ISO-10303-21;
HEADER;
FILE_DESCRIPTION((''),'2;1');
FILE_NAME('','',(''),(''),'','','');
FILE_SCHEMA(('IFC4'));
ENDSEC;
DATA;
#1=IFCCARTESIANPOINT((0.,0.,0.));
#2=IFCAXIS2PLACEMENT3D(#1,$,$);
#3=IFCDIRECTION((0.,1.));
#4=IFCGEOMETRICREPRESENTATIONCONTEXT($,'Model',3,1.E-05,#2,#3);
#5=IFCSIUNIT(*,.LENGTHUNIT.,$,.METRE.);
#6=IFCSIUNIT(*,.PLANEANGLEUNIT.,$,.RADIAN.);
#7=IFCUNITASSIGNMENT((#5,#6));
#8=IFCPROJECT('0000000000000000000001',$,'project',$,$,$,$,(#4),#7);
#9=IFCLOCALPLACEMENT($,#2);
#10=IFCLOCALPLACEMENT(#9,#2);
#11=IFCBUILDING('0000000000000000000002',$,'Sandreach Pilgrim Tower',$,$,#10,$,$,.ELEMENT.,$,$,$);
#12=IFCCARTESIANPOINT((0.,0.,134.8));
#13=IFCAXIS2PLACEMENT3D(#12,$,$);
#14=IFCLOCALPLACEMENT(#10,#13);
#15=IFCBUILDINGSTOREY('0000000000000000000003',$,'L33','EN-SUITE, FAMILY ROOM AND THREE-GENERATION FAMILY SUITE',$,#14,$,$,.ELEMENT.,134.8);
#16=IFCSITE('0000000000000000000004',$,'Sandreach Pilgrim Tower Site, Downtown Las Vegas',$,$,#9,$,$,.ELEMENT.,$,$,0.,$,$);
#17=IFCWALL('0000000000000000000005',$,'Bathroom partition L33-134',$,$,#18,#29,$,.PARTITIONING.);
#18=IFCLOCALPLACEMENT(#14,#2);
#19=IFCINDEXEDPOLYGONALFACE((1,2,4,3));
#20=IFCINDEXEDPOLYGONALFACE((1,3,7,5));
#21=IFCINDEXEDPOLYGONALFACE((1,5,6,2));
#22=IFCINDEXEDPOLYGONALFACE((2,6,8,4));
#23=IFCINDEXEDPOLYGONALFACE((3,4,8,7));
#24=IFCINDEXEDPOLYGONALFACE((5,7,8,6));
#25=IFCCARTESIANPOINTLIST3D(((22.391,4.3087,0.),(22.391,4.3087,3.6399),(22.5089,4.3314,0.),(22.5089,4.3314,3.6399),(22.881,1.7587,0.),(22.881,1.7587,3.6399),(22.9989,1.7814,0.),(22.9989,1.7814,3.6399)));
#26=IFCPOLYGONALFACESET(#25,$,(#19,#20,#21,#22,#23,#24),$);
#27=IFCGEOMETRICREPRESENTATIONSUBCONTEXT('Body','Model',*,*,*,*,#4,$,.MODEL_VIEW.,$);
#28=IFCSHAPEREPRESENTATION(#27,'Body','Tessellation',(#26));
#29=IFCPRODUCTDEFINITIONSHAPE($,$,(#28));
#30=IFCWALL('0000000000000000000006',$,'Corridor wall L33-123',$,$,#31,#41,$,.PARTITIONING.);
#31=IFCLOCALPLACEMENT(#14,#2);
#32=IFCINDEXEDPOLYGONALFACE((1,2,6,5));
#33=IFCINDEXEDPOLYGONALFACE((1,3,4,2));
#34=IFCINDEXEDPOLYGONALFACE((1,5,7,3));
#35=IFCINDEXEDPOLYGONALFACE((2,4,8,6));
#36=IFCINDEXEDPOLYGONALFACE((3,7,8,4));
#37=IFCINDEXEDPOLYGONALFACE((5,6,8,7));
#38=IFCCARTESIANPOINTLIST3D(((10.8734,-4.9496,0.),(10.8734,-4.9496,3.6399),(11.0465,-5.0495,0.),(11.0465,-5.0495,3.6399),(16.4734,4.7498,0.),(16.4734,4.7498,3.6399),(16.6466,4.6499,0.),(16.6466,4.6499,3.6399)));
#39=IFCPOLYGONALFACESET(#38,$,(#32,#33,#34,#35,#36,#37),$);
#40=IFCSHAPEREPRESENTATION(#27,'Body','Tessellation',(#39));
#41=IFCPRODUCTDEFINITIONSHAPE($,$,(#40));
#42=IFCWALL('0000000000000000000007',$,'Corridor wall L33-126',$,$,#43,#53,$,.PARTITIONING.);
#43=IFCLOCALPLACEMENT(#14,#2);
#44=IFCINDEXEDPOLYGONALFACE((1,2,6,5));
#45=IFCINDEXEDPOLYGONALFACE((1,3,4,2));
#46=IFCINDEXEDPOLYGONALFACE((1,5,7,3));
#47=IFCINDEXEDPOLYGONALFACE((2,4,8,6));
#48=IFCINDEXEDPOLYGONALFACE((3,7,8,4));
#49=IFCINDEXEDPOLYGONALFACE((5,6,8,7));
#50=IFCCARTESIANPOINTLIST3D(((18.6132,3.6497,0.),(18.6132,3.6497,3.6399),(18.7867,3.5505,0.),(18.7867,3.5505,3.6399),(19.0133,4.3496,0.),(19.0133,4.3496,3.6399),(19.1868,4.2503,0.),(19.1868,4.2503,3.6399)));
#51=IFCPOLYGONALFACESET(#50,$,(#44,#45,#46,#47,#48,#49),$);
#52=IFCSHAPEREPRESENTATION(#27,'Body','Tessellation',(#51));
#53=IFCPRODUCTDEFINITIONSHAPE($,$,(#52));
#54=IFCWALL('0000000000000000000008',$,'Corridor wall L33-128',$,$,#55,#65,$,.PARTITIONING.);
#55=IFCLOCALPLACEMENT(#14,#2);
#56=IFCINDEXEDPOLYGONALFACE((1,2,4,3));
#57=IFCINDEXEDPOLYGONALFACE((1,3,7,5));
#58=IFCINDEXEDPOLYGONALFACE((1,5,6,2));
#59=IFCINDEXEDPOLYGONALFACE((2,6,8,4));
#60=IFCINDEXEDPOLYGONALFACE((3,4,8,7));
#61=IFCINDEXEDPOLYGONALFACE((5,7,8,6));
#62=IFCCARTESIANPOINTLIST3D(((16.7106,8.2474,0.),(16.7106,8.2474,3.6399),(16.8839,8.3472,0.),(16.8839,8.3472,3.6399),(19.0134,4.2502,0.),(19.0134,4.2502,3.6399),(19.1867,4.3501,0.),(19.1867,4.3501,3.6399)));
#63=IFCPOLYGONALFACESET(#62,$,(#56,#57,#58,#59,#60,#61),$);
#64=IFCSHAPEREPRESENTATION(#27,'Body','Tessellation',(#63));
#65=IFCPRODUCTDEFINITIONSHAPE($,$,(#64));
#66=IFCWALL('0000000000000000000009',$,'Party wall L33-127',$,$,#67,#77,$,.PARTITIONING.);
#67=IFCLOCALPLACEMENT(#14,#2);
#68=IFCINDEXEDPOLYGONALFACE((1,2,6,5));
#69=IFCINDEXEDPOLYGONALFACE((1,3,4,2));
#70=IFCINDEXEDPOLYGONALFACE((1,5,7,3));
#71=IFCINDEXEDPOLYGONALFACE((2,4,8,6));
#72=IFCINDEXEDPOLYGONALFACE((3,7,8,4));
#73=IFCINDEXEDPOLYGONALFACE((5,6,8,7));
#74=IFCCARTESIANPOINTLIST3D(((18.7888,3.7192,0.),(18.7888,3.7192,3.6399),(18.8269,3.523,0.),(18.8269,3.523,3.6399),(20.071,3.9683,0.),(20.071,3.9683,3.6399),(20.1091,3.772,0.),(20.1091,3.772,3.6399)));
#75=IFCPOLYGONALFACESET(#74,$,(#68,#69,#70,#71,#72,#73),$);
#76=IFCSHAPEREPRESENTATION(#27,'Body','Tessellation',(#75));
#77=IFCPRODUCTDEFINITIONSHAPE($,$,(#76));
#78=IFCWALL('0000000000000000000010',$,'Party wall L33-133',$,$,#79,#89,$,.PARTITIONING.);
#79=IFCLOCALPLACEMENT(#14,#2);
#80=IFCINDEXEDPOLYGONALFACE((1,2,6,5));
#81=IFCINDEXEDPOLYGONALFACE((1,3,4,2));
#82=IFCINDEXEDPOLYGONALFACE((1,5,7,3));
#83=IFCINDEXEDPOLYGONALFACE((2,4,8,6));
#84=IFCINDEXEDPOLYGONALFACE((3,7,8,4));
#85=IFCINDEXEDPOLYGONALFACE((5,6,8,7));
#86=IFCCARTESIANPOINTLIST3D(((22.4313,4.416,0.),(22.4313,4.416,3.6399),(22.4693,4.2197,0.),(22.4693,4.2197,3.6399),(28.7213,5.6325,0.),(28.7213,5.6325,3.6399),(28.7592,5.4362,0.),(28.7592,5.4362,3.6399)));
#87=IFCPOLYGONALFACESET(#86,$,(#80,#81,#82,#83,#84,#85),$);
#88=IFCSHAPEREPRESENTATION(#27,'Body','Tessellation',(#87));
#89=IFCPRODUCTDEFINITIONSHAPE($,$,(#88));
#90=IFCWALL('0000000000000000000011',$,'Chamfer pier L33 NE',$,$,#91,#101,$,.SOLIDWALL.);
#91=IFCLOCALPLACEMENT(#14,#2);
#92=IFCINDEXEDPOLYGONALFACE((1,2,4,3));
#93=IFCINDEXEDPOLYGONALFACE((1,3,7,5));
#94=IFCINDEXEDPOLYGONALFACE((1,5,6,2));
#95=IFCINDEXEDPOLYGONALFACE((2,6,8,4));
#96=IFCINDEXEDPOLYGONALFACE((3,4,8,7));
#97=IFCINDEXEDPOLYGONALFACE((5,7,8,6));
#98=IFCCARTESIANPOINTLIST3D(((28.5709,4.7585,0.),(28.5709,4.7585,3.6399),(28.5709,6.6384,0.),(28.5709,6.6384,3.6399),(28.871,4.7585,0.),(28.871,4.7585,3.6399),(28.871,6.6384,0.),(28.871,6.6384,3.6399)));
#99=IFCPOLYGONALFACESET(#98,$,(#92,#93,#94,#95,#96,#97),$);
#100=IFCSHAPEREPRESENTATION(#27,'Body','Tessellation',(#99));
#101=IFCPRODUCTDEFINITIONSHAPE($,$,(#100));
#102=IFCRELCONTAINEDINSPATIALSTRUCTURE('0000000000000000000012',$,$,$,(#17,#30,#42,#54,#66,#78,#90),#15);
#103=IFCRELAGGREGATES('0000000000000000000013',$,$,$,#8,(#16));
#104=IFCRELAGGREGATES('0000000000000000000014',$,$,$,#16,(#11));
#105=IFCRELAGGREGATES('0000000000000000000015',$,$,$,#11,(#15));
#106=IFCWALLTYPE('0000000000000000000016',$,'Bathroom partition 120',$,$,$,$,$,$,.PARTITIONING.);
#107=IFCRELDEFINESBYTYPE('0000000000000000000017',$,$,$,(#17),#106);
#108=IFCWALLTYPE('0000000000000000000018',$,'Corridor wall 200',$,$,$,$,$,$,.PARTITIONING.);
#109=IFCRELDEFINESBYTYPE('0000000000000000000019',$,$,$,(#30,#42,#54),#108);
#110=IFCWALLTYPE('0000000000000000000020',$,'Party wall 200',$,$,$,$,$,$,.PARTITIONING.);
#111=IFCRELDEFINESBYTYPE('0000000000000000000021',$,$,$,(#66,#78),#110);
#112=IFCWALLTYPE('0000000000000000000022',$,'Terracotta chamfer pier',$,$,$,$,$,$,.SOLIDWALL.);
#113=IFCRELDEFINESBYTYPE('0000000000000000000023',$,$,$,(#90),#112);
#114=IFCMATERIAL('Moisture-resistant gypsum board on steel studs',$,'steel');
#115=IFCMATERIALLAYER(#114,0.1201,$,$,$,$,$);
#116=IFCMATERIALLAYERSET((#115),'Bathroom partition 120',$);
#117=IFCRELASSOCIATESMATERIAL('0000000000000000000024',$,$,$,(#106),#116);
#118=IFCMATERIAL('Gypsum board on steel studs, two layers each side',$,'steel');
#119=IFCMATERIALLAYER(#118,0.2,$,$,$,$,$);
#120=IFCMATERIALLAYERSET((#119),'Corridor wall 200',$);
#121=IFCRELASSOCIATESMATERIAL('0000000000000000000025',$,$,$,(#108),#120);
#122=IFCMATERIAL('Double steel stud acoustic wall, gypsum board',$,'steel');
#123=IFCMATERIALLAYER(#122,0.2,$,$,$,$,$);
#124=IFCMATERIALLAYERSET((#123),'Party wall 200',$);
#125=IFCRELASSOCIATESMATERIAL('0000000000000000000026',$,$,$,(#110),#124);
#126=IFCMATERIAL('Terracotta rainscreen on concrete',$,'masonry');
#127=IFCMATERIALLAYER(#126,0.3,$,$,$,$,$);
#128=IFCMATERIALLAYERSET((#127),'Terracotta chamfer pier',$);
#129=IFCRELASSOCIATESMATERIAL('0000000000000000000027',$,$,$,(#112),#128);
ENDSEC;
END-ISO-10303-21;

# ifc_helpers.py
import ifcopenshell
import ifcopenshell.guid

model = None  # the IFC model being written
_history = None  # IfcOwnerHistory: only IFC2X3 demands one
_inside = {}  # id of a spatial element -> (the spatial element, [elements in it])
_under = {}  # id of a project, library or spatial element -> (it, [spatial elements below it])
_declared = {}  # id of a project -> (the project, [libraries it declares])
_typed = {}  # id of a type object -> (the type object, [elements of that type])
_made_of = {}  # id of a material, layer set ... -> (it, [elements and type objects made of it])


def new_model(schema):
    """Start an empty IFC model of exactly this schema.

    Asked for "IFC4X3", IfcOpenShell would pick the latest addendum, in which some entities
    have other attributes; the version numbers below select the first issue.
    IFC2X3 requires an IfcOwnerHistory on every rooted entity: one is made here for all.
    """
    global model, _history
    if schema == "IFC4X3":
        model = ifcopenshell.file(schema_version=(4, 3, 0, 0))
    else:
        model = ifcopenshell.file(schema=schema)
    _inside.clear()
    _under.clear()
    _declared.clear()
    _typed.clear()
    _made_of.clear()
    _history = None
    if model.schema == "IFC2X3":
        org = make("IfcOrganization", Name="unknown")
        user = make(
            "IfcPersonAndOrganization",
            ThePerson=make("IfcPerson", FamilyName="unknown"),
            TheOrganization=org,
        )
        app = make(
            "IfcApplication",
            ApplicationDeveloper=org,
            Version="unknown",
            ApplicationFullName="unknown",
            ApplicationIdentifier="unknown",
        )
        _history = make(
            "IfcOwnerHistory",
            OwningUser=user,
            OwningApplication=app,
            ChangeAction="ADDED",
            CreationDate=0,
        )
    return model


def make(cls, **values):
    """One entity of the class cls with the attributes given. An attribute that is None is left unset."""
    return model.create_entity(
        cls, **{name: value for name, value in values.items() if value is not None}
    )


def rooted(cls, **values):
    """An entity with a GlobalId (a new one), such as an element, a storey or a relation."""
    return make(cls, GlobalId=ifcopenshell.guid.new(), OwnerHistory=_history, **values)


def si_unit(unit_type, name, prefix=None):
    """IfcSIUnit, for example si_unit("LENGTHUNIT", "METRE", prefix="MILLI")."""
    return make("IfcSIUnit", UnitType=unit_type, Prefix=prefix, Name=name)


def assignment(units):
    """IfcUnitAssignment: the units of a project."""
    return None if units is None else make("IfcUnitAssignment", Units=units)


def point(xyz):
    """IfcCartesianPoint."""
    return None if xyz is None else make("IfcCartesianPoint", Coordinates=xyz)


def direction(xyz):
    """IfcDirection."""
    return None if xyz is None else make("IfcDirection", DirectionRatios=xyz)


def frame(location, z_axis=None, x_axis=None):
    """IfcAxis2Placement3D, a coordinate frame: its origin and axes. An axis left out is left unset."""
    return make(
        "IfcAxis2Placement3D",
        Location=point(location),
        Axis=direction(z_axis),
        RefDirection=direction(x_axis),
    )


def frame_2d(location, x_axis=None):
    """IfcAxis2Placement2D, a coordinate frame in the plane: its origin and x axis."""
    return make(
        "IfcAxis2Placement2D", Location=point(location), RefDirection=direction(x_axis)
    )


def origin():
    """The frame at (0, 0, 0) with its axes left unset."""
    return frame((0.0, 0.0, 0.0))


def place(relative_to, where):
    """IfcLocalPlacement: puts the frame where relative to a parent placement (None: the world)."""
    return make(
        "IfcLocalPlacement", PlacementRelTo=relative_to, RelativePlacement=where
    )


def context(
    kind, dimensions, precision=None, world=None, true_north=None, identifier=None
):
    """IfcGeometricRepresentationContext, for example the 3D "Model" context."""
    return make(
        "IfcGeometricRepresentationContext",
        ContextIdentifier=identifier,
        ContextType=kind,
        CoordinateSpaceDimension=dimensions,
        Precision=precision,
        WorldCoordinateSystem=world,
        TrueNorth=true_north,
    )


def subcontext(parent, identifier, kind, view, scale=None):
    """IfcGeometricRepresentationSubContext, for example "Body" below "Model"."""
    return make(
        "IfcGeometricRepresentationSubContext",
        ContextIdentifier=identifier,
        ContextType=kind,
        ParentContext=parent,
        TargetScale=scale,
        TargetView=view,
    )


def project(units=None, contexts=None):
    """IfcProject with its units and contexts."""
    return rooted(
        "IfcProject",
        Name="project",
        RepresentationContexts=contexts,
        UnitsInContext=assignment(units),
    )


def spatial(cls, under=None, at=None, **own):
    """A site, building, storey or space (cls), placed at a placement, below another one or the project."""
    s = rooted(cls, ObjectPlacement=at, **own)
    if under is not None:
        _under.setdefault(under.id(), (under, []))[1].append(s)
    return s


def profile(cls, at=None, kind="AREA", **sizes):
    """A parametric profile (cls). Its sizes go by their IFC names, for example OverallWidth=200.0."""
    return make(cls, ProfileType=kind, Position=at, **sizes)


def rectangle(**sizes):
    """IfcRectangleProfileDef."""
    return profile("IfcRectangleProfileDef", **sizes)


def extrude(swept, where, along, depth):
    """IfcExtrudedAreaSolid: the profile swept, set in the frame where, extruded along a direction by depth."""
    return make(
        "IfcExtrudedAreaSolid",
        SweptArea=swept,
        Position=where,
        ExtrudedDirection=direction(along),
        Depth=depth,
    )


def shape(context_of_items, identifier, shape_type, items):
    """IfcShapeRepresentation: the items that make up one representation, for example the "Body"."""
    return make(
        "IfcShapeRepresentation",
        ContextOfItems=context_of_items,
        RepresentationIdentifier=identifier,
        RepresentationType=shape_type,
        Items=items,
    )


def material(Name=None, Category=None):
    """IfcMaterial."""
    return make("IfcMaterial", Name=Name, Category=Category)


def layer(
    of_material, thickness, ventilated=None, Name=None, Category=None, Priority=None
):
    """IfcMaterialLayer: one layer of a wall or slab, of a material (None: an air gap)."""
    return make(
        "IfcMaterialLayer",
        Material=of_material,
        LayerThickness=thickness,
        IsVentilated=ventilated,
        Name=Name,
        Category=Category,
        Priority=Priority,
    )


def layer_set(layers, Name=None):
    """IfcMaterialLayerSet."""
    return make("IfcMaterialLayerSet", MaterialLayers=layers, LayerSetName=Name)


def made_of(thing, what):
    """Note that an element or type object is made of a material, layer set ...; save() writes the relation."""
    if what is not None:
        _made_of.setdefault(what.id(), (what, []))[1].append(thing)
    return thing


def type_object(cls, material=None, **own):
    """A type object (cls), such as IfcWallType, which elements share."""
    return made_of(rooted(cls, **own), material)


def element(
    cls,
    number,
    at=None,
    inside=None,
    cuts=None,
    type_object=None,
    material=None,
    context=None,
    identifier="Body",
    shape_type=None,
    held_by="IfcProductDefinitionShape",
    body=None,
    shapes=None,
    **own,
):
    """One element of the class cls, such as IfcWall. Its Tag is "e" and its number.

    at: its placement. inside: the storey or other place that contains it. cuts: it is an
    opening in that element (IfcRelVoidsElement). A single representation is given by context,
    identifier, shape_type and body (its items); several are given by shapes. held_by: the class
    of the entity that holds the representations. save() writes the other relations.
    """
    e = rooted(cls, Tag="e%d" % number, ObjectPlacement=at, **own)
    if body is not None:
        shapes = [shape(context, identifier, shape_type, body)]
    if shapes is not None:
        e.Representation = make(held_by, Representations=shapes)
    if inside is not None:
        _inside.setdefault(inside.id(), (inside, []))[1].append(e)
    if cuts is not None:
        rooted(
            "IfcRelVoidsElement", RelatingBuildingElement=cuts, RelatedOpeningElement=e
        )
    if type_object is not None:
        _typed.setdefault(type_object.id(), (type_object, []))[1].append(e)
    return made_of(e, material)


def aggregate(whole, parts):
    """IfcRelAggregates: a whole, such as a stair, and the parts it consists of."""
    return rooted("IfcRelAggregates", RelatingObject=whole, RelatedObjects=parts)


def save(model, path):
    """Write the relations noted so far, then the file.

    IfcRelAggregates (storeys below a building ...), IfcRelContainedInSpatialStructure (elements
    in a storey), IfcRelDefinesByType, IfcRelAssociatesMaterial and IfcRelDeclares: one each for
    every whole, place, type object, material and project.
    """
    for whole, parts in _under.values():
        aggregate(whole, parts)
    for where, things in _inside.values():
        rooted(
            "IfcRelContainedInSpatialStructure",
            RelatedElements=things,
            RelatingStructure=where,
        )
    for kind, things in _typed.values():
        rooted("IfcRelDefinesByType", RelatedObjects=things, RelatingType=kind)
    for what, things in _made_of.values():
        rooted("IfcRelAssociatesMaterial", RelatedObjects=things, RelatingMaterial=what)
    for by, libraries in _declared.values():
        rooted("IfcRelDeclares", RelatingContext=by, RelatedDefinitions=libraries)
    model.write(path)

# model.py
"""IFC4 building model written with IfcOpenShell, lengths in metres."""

from ifc_helpers import new_model, si_unit, direction, frame, frame_2d, origin, place, context, subcontext, project, spatial, rectangle, extrude, material, layer, layer_set, type_object, element, save


model = new_model("IFC4")

# Units and contexts
model_context = context("Model", 3, precision=1e-05, world=origin(), true_north=direction((0.0, 1.0)))
body_context = subcontext(model_context, "Body", "Model", "MODEL_VIEW")
ifc_project = project(units=[si_unit("LENGTHUNIT", "METRE"), si_unit("PLANEANGLEUNIT", "RADIAN")], contexts=[model_context])

# Site, building, storey
site_placement = place(None, origin())
site = spatial("IfcSite", under=ifc_project, at=site_placement, Name="Sandreach Pilgrim Tower Site, Downtown Las Vegas", CompositionType="ELEMENT", RefElevation=0.0)
building_placement = place(site_placement, origin())
building = spatial("IfcBuilding", under=site, at=building_placement, Name="Sandreach Pilgrim Tower", CompositionType="ELEMENT")
storey_placement = place(building_placement, frame((0.0, 0.0, 134.8)))
storey = spatial("IfcBuildingStorey", under=building, at=storey_placement, Name="L33", Description="EN-SUITE, FAMILY ROOM AND THREE-GENERATION FAMILY SUITE", CompositionType="ELEMENT", Elevation=134.8)

# Shared definitions
ifc_material_1 = material(Name="Moisture-resistant gypsum board on steel studs", Category="steel")
ifc_layer_1 = layer(ifc_material_1, 0.1201)
ifc_layer_set_1 = layer_set([ifc_layer_1], Name="Bathroom partition 120")
wall_type_1 = type_object("IfcWallType", Name="Bathroom partition 120", PredefinedType="PARTITIONING", material=ifc_layer_set_1)

# Walls
wall_1_placement = place(storey_placement, frame((22.9399, 1.77, 0.0), z_axis=(0.0, 0.0, 1.0), x_axis=(-0.188697, 0.982035, 0.0)))
element("IfcWall", 1, at=wall_1_placement, inside=storey, type_object=wall_type_1, Name="Bathroom partition L33-134", PredefinedType="PARTITIONING", context=body_context, shape_type="SweptSolid", body=[
    extrude(rectangle(XDim=2.5967, YDim=0.1201, at=frame_2d((1.2983, 0.0))), origin(), (0.0, 0.0, 1.0), 3.6399),
])
ifc_material_2 = material(Name="Gypsum board on steel studs, two layers each side", Category="steel")
ifc_layer_2 = layer(ifc_material_2, 0.2)
ifc_layer_set_2 = layer_set([ifc_layer_2], Name="Corridor wall 200")
wall_type_2 = type_object("IfcWallType", Name="Corridor wall 200", PredefinedType="PARTITIONING", material=ifc_layer_set_2)
wall_2_placement = place(storey_placement, frame((16.5601, 4.7, 0.0), z_axis=(0.0, 0.0, 1.0), x_axis=(-0.500007, -0.866021, 0.0)))
element("IfcWall", 2, at=wall_2_placement, inside=storey, type_object=wall_type_2, Name="Corridor wall L33-123", PredefinedType="PARTITIONING", context=body_context, shape_type="SweptSolid", body=[
    extrude(rectangle(XDim=11.2, YDim=0.2, at=frame_2d((5.6001, 0.0))), origin(), (0.0, 0.0, 1.0), 3.6399),
])

# Walls
wall_3_placement = place(storey_placement, frame((18.7, 3.6001, 0.0), z_axis=(0.0, 0.0, 1.0), x_axis=(0.496302, 0.86815, 0.0)))
element("IfcWall", 3, at=wall_3_placement, inside=storey, type_object=wall_type_2, Name="Corridor wall L33-126", PredefinedType="PARTITIONING", context=body_context, shape_type="SweptSolid", body=[
    extrude(rectangle(XDim=0.8062, YDim=0.2, at=frame_2d((0.4031, 0.0))), origin(), (0.0, 0.0, 1.0), 3.6399),
])
wall_4_placement = place(storey_placement, frame((19.1001, 4.3, 0.0), z_axis=(0.0, 0.0, 1.0), x_axis=(-0.499191, 0.866492, 0.0)))
element("IfcWall", 4, at=wall_4_placement, inside=storey, type_object=wall_type_2, Name="Corridor wall L33-128", PredefinedType="PARTITIONING", context=body_context, shape_type="SweptSolid", body=[
    extrude(rectangle(XDim=4.613, YDim=0.2, at=frame_2d((2.3066, 0.0))), origin(), (0.0, 0.0, 1.0), 3.6399),
])
ifc_material_3 = material(Name="Double steel stud acoustic wall, gypsum board", Category="steel")
ifc_layer_3 = layer(ifc_material_3, 0.2)
ifc_layer_set_3 = layer_set([ifc_layer_3], Name="Party wall 200")
wall_type_3 = type_object("IfcWallType", Name="Party wall 200", PredefinedType="PARTITIONING", material=ifc_layer_set_3)
wall_5_placement = place(storey_placement, frame((18.8079, 3.6211, 0.0), z_axis=(0.0, 0.0, 1.0), x_axis=(0.981658, 0.19065, 0.0)))
element("IfcWall", 5, at=wall_5_placement, inside=storey, type_object=wall_type_3, Name="Party wall L33-127", PredefinedType="PARTITIONING", context=body_context, shape_type="SweptSolid", body=[
    extrude(rectangle(XDim=1.3062, YDim=0.2, at=frame_2d((0.6531, 0.0))), origin(), (0.0, 0.0, 1.0), 3.6399),
])
wall_6_placement = place(storey_placement, frame((22.4504, 4.3179, 0.0), z_axis=(0.0, 0.0, 1.0), x_axis=(0.981805, 0.18989, 0.0)))
element("IfcWall", 6, at=wall_6_placement, inside=storey, type_object=wall_type_3, Name="Party wall L33-133", PredefinedType="PARTITIONING", context=body_context, shape_type="SweptSolid", body=[
    extrude(rectangle(XDim=6.4065, YDim=0.2, at=frame_2d((3.2031, 0.0))), origin(), (0.0, 0.0, 1.0), 3.6399),
])
ifc_material_4 = material(Name="Terracotta rainscreen on concrete", Category="masonry")
ifc_layer_4 = layer(ifc_material_4, 0.3)
ifc_layer_set_4 = layer_set([ifc_layer_4], Name="Terracotta chamfer pier")
wall_type_4 = type_object("IfcWallType", Name="Terracotta chamfer pier", PredefinedType="SOLIDWALL", material=ifc_layer_set_4)
wall_7_placement = place(storey_placement, frame((28.7209, 6.6384, 0.0), z_axis=(0.0, 0.0, 1.0), x_axis=(0.0, -1.0, 0.0)))
element("IfcWall", 7, at=wall_7_placement, inside=storey, type_object=wall_type_4, Name="Chamfer pier L33 NE", PredefinedType="SOLIDWALL", context=body_context, shape_type="SweptSolid", body=[
    extrude(rectangle(XDim=1.8799, YDim=0.3, at=frame_2d((0.9399, 0.0))), origin(), (0.0, 0.0, 1.0), 3.6399),
])

save(model, "model.ifc")
